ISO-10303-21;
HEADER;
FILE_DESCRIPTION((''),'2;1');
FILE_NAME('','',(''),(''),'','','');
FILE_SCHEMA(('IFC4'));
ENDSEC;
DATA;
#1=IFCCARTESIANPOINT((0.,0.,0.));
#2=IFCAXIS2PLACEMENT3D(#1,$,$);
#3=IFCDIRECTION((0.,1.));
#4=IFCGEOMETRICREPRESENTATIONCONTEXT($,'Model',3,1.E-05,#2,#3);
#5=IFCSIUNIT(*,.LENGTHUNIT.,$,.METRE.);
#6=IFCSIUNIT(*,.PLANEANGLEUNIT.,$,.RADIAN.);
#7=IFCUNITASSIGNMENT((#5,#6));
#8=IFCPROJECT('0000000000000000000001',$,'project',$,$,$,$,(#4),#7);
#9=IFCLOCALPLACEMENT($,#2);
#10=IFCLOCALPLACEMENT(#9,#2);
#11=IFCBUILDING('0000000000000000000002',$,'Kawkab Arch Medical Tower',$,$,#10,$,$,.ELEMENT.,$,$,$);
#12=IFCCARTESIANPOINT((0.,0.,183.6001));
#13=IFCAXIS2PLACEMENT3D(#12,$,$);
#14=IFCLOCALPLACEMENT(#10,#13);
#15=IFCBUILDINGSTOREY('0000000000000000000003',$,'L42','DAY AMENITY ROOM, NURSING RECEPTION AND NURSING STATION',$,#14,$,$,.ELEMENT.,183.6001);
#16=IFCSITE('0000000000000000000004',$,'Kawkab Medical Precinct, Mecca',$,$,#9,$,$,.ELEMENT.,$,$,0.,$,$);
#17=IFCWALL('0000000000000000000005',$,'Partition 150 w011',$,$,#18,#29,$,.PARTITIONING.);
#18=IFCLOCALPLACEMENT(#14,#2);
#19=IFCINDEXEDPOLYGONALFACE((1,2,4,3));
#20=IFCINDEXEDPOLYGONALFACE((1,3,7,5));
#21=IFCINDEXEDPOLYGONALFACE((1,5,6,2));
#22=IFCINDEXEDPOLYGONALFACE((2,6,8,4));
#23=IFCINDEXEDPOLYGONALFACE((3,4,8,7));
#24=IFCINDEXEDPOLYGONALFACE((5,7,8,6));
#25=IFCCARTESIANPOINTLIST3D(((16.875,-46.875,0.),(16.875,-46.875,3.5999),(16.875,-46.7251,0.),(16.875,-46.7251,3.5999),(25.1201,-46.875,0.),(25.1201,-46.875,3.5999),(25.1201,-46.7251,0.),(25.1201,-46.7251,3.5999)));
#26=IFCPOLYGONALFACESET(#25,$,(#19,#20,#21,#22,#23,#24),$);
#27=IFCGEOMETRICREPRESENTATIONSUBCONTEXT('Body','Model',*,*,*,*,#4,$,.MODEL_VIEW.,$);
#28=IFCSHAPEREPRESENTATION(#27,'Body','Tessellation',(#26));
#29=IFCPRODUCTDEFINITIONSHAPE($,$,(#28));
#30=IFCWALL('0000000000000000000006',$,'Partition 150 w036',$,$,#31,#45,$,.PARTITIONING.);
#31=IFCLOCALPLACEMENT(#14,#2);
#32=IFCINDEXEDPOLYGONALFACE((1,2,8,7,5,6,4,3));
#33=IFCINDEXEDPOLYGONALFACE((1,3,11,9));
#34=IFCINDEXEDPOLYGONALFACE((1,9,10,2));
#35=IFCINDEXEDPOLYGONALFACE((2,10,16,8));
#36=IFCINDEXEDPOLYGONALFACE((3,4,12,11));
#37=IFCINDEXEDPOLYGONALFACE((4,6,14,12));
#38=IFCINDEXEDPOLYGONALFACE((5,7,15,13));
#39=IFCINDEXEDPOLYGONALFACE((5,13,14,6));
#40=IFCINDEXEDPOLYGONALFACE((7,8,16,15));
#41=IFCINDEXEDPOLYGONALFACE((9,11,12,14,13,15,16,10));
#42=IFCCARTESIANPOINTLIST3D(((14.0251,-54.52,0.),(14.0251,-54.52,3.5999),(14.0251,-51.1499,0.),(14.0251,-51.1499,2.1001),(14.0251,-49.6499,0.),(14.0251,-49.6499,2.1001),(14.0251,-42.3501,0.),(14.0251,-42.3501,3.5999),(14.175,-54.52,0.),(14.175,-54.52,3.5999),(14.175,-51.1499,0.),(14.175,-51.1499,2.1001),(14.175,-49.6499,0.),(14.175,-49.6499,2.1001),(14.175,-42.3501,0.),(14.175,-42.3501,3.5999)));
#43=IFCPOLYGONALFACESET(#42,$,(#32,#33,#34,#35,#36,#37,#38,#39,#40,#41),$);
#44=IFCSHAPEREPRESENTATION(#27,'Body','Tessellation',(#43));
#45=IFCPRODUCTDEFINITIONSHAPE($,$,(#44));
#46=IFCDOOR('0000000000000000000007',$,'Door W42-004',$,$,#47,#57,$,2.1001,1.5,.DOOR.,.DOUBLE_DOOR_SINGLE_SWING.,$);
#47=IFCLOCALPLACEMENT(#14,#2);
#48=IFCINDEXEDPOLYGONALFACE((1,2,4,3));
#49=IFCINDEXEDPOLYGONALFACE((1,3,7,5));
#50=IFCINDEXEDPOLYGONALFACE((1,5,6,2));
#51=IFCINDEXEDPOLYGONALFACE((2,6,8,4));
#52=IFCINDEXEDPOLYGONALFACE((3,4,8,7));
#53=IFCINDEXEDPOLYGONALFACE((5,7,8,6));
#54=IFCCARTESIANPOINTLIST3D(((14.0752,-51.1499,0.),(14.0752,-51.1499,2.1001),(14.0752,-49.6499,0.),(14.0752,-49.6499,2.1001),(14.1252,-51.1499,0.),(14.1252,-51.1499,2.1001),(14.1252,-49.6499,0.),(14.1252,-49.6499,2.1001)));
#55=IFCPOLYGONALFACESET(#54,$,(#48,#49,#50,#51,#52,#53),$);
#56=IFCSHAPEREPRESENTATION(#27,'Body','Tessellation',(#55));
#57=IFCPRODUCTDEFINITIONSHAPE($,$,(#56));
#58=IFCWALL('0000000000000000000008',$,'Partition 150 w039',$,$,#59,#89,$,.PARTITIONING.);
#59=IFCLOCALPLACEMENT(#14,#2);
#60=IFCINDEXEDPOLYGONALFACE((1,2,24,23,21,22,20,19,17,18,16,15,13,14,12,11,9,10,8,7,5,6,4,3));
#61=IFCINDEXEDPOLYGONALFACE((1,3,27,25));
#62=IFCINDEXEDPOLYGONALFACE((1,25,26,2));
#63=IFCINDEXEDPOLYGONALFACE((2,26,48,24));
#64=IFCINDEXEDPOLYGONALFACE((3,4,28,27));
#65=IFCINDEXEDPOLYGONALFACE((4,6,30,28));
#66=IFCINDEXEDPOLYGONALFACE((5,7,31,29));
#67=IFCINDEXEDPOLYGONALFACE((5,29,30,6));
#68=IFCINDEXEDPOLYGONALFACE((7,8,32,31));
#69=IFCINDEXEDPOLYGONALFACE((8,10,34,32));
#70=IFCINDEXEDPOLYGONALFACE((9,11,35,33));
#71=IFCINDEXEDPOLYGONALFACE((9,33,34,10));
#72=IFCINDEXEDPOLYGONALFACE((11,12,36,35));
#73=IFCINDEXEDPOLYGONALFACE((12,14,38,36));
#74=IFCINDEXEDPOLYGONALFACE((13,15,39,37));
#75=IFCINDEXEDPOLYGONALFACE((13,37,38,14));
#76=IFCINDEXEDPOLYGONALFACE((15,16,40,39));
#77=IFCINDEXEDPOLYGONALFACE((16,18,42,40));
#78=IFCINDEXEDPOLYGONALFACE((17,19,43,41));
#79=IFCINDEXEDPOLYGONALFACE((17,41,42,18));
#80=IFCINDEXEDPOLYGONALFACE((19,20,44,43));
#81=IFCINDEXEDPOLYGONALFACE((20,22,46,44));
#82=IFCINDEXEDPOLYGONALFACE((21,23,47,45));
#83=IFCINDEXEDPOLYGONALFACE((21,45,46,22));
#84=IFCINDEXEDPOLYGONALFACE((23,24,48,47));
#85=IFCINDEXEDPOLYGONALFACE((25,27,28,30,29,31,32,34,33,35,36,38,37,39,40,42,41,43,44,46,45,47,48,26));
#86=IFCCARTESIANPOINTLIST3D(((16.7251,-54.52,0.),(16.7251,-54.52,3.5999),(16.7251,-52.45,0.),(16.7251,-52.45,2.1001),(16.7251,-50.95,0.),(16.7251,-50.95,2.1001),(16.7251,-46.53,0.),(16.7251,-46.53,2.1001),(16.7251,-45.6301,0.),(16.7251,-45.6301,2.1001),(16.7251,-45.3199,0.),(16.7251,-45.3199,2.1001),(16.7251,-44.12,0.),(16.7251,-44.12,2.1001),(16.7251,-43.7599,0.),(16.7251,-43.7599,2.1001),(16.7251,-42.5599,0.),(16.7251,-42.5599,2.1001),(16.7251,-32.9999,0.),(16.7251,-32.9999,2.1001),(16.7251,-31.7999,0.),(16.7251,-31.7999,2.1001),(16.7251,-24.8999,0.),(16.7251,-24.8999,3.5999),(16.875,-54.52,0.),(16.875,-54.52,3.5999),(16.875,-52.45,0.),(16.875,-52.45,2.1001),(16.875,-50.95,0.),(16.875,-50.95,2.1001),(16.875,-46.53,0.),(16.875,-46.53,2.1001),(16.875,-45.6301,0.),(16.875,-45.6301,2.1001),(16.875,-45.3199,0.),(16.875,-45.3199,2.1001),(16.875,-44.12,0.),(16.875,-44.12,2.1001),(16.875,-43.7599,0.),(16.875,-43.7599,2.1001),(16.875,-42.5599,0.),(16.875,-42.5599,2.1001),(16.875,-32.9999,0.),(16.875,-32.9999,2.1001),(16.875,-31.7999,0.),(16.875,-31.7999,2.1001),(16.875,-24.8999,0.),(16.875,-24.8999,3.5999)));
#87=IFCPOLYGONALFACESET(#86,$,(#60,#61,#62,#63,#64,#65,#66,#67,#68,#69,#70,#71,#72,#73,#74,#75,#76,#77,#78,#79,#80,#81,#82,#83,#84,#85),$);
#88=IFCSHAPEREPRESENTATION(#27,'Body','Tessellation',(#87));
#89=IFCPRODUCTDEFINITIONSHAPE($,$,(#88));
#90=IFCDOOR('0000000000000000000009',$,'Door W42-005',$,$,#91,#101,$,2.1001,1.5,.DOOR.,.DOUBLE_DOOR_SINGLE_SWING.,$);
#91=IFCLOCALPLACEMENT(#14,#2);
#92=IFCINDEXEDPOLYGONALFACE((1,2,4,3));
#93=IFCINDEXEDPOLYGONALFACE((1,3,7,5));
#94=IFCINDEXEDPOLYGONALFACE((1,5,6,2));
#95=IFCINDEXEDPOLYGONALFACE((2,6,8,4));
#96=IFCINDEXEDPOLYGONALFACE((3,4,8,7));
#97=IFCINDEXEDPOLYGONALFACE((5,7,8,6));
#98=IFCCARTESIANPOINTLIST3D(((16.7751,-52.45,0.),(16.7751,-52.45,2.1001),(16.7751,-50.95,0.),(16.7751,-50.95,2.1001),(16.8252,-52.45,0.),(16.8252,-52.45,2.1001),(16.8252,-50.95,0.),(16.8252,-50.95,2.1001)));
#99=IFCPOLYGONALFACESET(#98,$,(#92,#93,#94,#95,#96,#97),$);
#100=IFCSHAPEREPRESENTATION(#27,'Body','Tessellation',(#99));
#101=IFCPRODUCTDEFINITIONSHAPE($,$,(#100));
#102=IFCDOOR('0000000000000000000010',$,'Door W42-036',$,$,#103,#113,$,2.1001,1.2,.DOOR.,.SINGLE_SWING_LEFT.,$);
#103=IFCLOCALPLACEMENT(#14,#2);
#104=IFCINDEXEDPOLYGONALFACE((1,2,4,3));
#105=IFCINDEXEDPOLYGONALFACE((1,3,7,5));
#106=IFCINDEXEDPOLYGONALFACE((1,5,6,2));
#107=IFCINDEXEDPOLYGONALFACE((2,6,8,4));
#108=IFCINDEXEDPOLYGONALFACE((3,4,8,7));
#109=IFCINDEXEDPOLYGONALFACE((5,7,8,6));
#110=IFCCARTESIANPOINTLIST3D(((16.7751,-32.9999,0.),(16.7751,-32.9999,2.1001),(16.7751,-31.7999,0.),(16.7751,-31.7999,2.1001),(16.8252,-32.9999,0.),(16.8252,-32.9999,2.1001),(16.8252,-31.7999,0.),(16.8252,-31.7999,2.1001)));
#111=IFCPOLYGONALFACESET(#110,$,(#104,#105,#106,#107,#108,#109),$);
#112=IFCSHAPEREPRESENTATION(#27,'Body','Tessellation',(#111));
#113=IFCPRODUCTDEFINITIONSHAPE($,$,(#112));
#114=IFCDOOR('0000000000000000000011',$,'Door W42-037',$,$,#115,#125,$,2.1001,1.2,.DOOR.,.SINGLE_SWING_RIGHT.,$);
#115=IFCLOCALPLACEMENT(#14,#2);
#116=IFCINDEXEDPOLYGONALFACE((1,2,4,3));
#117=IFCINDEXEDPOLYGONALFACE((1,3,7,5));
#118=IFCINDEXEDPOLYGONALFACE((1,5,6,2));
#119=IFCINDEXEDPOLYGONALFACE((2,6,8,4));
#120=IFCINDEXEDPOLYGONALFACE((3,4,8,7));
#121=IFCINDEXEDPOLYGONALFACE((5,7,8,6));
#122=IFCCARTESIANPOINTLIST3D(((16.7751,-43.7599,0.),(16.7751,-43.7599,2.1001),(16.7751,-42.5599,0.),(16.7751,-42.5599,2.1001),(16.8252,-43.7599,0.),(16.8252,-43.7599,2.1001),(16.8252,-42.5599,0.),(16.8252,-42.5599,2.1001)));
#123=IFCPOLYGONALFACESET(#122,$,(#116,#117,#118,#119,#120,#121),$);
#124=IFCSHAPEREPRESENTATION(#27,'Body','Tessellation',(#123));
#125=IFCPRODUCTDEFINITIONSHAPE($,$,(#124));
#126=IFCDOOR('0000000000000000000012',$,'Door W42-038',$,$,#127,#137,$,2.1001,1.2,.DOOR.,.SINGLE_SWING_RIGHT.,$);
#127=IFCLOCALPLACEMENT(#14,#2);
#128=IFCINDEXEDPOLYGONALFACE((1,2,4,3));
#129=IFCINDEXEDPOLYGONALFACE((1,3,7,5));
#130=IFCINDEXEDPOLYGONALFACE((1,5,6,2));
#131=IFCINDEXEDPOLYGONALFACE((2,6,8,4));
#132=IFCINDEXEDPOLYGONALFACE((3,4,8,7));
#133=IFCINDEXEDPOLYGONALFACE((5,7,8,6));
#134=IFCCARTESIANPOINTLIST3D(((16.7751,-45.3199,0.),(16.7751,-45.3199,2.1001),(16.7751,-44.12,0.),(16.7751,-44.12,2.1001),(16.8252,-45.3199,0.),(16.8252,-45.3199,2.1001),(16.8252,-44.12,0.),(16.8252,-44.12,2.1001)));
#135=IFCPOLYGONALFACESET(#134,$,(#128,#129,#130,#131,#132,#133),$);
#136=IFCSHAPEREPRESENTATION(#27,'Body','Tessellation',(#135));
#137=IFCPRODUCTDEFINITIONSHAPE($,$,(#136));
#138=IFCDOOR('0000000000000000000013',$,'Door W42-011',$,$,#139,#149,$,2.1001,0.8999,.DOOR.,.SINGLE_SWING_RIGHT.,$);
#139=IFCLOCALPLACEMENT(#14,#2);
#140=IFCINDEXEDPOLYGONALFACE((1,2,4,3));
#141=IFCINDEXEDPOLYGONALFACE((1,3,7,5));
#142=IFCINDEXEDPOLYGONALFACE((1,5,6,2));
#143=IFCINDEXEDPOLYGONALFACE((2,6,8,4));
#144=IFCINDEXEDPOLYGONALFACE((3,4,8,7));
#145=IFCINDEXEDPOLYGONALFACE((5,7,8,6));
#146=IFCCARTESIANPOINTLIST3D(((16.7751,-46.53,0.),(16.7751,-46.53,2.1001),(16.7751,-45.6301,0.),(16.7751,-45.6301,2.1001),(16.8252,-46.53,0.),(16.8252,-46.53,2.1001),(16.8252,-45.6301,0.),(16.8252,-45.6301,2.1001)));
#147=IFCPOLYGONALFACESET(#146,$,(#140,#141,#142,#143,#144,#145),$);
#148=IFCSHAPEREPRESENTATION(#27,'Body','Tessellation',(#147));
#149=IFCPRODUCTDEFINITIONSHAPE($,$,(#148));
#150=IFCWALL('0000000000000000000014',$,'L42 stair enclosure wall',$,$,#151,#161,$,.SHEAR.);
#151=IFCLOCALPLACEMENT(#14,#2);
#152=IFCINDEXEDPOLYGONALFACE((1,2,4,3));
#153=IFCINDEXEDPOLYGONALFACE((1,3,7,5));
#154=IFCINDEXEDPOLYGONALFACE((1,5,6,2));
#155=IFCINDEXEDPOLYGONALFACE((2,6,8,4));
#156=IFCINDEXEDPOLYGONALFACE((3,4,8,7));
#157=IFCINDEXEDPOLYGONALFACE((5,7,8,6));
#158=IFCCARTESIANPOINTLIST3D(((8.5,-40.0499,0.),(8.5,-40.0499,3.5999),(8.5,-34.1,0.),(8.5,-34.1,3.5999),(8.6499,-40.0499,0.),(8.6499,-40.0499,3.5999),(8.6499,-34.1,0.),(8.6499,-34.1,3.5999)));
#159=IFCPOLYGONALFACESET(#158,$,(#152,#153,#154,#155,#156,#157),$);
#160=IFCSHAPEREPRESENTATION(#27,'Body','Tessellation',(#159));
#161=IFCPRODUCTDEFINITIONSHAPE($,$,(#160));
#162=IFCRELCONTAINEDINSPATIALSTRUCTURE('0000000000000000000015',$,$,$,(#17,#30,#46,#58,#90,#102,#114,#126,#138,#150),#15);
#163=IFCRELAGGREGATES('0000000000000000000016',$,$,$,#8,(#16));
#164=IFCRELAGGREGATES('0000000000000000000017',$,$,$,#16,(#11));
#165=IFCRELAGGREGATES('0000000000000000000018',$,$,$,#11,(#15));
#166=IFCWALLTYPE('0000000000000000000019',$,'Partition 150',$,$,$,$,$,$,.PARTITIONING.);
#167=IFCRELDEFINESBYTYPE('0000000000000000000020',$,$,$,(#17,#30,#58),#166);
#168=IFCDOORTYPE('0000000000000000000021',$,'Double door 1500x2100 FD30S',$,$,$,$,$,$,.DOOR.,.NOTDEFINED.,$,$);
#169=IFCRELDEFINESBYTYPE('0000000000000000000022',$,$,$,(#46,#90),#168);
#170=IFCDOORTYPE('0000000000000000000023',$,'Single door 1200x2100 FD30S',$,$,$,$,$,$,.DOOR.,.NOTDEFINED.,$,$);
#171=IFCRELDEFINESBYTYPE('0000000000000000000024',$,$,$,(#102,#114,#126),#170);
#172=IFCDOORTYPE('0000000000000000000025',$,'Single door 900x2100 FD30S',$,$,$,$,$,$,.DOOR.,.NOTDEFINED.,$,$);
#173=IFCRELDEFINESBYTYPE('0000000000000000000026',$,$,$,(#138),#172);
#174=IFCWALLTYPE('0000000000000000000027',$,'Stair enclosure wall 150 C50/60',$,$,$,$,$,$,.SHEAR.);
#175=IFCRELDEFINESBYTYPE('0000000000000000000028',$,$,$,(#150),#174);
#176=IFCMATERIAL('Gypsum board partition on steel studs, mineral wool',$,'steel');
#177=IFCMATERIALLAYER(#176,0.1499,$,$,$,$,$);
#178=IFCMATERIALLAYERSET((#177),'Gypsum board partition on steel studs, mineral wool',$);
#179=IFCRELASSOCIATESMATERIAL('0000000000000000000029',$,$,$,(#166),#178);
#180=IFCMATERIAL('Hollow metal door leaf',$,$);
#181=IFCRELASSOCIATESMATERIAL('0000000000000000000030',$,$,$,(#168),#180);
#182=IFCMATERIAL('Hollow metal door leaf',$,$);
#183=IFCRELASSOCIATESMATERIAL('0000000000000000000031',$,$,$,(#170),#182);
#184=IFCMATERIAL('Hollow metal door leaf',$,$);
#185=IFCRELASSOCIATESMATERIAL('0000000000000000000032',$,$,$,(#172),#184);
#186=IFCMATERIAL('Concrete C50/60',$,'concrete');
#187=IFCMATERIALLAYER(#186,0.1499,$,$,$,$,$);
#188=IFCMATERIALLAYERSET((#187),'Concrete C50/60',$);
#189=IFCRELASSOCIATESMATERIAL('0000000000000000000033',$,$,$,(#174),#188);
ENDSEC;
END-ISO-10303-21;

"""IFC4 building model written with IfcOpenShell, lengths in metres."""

from ifc_helpers import new_model, si_unit, direction, frame, frame_2d, origin, place, context, subcontext, project, spatial, rectangle, extrude, material, layer, layer_set, type_object, element, fill, save


model = new_model("IFC4")

# Units and contexts
model_context = context("Model", 3, precision=1e-05, world=origin(), true_north=direction((0.0, 1.0)))
body_context = subcontext(model_context, "Body", "Model", "MODEL_VIEW")
ifc_project = project(units=[si_unit("LENGTHUNIT", "METRE"), si_unit("PLANEANGLEUNIT", "RADIAN")], contexts=[model_context])

# Site, building, storey
site_placement = place(None, origin())
site = spatial("IfcSite", under=ifc_project, at=site_placement, Name="Kawkab Medical Precinct, Mecca", CompositionType="ELEMENT", RefElevation=0.0)
building_placement = place(site_placement, origin())
building = spatial("IfcBuilding", under=site, at=building_placement, Name="Kawkab Arch Medical Tower", CompositionType="ELEMENT")
storey_placement = place(building_placement, frame((0.0, 0.0, 183.6001)))
storey = spatial("IfcBuildingStorey", under=building, at=storey_placement, Name="L42", Description="DAY AMENITY ROOM, NURSING RECEPTION AND NURSING STATION", CompositionType="ELEMENT", Elevation=183.6001)

# Wall
ifc_material_1 = material(Name="Gypsum board partition on steel studs, mineral wool", Category="steel")
ifc_layer_1 = layer(ifc_material_1, 0.1499)
ifc_layer_set_1 = layer_set([ifc_layer_1], Name="Gypsum board partition on steel studs, mineral wool")
wall_type_1 = type_object("IfcWallType", Name="Partition 150", PredefinedType="PARTITIONING", material=ifc_layer_set_1)
wall_1_placement = place(storey_placement, frame((16.875, -46.8, 0.0), z_axis=(0.0, 0.0, 1.0), x_axis=(1.0, 0.0, 0.0)))
element("IfcWall", 1, at=wall_1_placement, inside=storey, type_object=wall_type_1, Name="Partition 150 w011", PredefinedType="PARTITIONING", context=body_context, shape_type="SweptSolid", body=[
    extrude(rectangle(XDim=8.2451, YDim=0.1499, at=frame_2d((4.1226, 0.0))), origin(), (0.0, 0.0, 1.0), 3.5999),
])

# Wall, opening, door
wall_2_placement = place(storey_placement, frame((14.1001, -54.52, 0.0), z_axis=(0.0, 0.0, 1.0), x_axis=(0.0, 1.0, 0.0)))
wall_2 = element("IfcWall", 2, at=wall_2_placement, inside=storey, type_object=wall_type_1, Name="Partition 150 w036", PredefinedType="PARTITIONING", context=body_context, shape_type="SweptSolid", body=[
    extrude(rectangle(XDim=12.1699, YDim=0.1499, at=frame_2d((6.085, 0.0))), origin(), (0.0, 0.0, 1.0), 3.5999),
])
opening_1_placement = place(wall_2_placement, frame((3.3701, 0.0, 0.0)))
opening_1 = element("IfcOpeningElement", 3, at=opening_1_placement, cuts=wall_2, PredefinedType="OPENING", context=body_context, shape_type="SweptSolid", body=[
    extrude(rectangle(XDim=1.5, YDim=2.1001, at=frame_2d((0.75, 1.05))), frame((0.0, 0.085, 0.0), z_axis=(0.0, -1.0, 0.0), x_axis=(1.0, 0.0, 0.0)), (0.0, 0.0, 1.0), 0.1699),
])
ifc_material_2 = material(Name="Hollow metal door leaf")
door_type_1 = type_object("IfcDoorType", Name="Double door 1500x2100 FD30S", OperationType="NOTDEFINED", PredefinedType="DOOR", material=ifc_material_2)
door_1_placement = place(opening_1_placement, origin())
door_1 = element("IfcDoor", 4, at=door_1_placement, inside=storey, type_object=door_type_1, Name="Door W42-004", OperationType="DOUBLE_DOOR_SINGLE_SWING", OverallHeight=2.1001, OverallWidth=1.5, PredefinedType="DOOR", context=body_context, shape_type="SweptSolid", body=[
    extrude(rectangle(XDim=1.5, YDim=2.1001, at=frame_2d((0.75, 1.05))), frame((0.0, 0.0249, 0.0), z_axis=(0.0, -1.0, 0.0), x_axis=(1.0, 0.0, 0.0)), (0.0, 0.0, 1.0), 0.05),
])
fill(opening_1, door_1)

# Wall, openings, doors
wall_3_placement = place(storey_placement, frame((16.8, -54.52, 0.0), z_axis=(0.0, 0.0, 1.0), x_axis=(0.0, 1.0, 0.0)))
wall_3 = element("IfcWall", 5, at=wall_3_placement, inside=storey, type_object=wall_type_1, Name="Partition 150 w039", PredefinedType="PARTITIONING", context=body_context, shape_type="SweptSolid", body=[
    extrude(rectangle(XDim=29.6201, YDim=0.1499, at=frame_2d((14.8101, 0.0))), origin(), (0.0, 0.0, 1.0), 3.5999),
])
opening_2_placement = place(wall_3_placement, frame((21.52, 0.0, 0.0)))
opening_2 = element("IfcOpeningElement", 6, at=opening_2_placement, cuts=wall_3, PredefinedType="OPENING", context=body_context, shape_type="SweptSolid", body=[
    extrude(rectangle(XDim=1.2, YDim=2.1001, at=frame_2d((0.6001, 1.05))), frame((0.0, 0.085, 0.0), z_axis=(0.0, -1.0, 0.0), x_axis=(1.0, 0.0, 0.0)), (0.0, 0.0, 1.0), 0.1699),
])
opening_3_placement = place(wall_3_placement, frame((10.76, 0.0, 0.0)))
opening_3 = element("IfcOpeningElement", 7, at=opening_3_placement, cuts=wall_3, PredefinedType="OPENING", context=body_context, shape_type="SweptSolid", body=[
    extrude(rectangle(XDim=1.2, YDim=2.1001, at=frame_2d((0.6001, 1.05))), frame((0.0, 0.085, 0.0), z_axis=(0.0, -1.0, 0.0), x_axis=(1.0, 0.0, 0.0)), (0.0, 0.0, 1.0), 0.1699),
])
opening_4_placement = place(wall_3_placement, frame((9.2, 0.0, 0.0)))
opening_4 = element("IfcOpeningElement", 8, at=opening_4_placement, cuts=wall_3, PredefinedType="OPENING", context=body_context, shape_type="SweptSolid", body=[
    extrude(rectangle(XDim=1.2, YDim=2.1001, at=frame_2d((0.6001, 1.05))), frame((0.0, 0.085, 0.0), z_axis=(0.0, -1.0, 0.0), x_axis=(1.0, 0.0, 0.0)), (0.0, 0.0, 1.0), 0.1699),
])
opening_5_placement = place(wall_3_placement, frame((7.99, 0.0, 0.0)))
opening_5 = element("IfcOpeningElement", 9, at=opening_5_placement, cuts=wall_3, PredefinedType="OPENING", context=body_context, shape_type="SweptSolid", body=[
    extrude(rectangle(XDim=0.8999, YDim=2.1001, at=frame_2d((0.45, 1.05))), frame((0.0, 0.085, 0.0), z_axis=(0.0, -1.0, 0.0), x_axis=(1.0, 0.0, 0.0)), (0.0, 0.0, 1.0), 0.1699),
])
opening_6_placement = place(wall_3_placement, frame((2.0701, 0.0, 0.0)))
opening_6 = element("IfcOpeningElement", 10, at=opening_6_placement, cuts=wall_3, PredefinedType="OPENING", context=body_context, shape_type="SweptSolid", body=[
    extrude(rectangle(XDim=1.5, YDim=2.1001, at=frame_2d((0.75, 1.05))), frame((0.0, 0.085, 0.0), z_axis=(0.0, -1.0, 0.0), x_axis=(1.0, 0.0, 0.0)), (0.0, 0.0, 1.0), 0.1699),
])
door_2_placement = place(opening_6_placement, origin())
door_2 = element("IfcDoor", 11, at=door_2_placement, inside=storey, type_object=door_type_1, Name="Door W42-005", OperationType="DOUBLE_DOOR_SINGLE_SWING", OverallHeight=2.1001, OverallWidth=1.5, PredefinedType="DOOR", context=body_context, shape_type="SweptSolid", body=[
    extrude(rectangle(XDim=1.5, YDim=2.1001, at=frame_2d((0.75, 1.05))), frame((0.0, 0.0249, 0.0), z_axis=(0.0, -1.0, 0.0), x_axis=(1.0, 0.0, 0.0)), (0.0, 0.0, 1.0), 0.05),
])
fill(opening_6, door_2)
ifc_material_3 = material(Name="Hollow metal door leaf")
door_type_2 = type_object("IfcDoorType", Name="Single door 1200x2100 FD30S", OperationType="NOTDEFINED", PredefinedType="DOOR", material=ifc_material_3)
door_3_placement = place(opening_2_placement, origin())
door_3 = element("IfcDoor", 12, at=door_3_placement, inside=storey, type_object=door_type_2, Name="Door W42-036", OperationType="SINGLE_SWING_LEFT", OverallHeight=2.1001, OverallWidth=1.2, PredefinedType="DOOR", context=body_context, shape_type="SweptSolid", body=[
    extrude(rectangle(XDim=1.2, YDim=2.1001, at=frame_2d((0.6001, 1.05))), frame((0.0, 0.0249, 0.0), z_axis=(0.0, -1.0, 0.0), x_axis=(1.0, 0.0, 0.0)), (0.0, 0.0, 1.0), 0.05),
])
fill(opening_2, door_3)
door_4_placement = place(opening_3_placement, origin())
door_4 = element("IfcDoor", 13, at=door_4_placement, inside=storey, type_object=door_type_2, Name="Door W42-037", OperationType="SINGLE_SWING_RIGHT", OverallHeight=2.1001, OverallWidth=1.2, PredefinedType="DOOR", context=body_context, shape_type="SweptSolid", body=[
    extrude(rectangle(XDim=1.2, YDim=2.1001, at=frame_2d((0.6001, 1.05))), frame((0.0, 0.0249, 0.0), z_axis=(0.0, -1.0, 0.0), x_axis=(1.0, 0.0, 0.0)), (0.0, 0.0, 1.0), 0.05),
])
fill(opening_3, door_4)
door_5_placement = place(opening_4_placement, origin())
door_5 = element("IfcDoor", 14, at=door_5_placement, inside=storey, type_object=door_type_2, Name="Door W42-038", OperationType="SINGLE_SWING_RIGHT", OverallHeight=2.1001, OverallWidth=1.2, PredefinedType="DOOR", context=body_context, shape_type="SweptSolid", body=[
    extrude(rectangle(XDim=1.2, YDim=2.1001, at=frame_2d((0.6001, 1.05))), frame((0.0, 0.0249, 0.0), z_axis=(0.0, -1.0, 0.0), x_axis=(1.0, 0.0, 0.0)), (0.0, 0.0, 1.0), 0.05),
])
fill(opening_4, door_5)
ifc_material_4 = material(Name="Hollow metal door leaf")
door_type_3 = type_object("IfcDoorType", Name="Single door 900x2100 FD30S", OperationType="NOTDEFINED", PredefinedType="DOOR", material=ifc_material_4)
door_6_placement = place(opening_5_placement, origin())
door_6 = element("IfcDoor", 15, at=door_6_placement, inside=storey, type_object=door_type_3, Name="Door W42-011", OperationType="SINGLE_SWING_RIGHT", OverallHeight=2.1001, OverallWidth=0.8999, PredefinedType="DOOR", context=body_context, shape_type="SweptSolid", body=[
    extrude(rectangle(XDim=0.8999, YDim=2.1001, at=frame_2d((0.45, 1.05))), frame((0.0, 0.0249, 0.0), z_axis=(0.0, -1.0, 0.0), x_axis=(1.0, 0.0, 0.0)), (0.0, 0.0, 1.0), 0.05),
])
fill(opening_5, door_6)

# Wall
ifc_material_5 = material(Name="Concrete C50/60", Category="concrete")
ifc_layer_2 = layer(ifc_material_5, 0.1499)
ifc_layer_set_2 = layer_set([ifc_layer_2], Name="Concrete C50/60")
wall_type_2 = type_object("IfcWallType", Name="Stair enclosure wall 150 C50/60", PredefinedType="SHEAR", material=ifc_layer_set_2)
wall_4_placement = place(storey_placement, frame((8.575, -40.05, 0.0), z_axis=(0.0, 0.0, 1.0), x_axis=(0.0, 1.0, 0.0)))
element("IfcWall", 16, at=wall_4_placement, inside=storey, type_object=wall_type_2, Name="L42 stair enclosure wall", PredefinedType="SHEAR", context=body_context, shape_type="SweptSolid", body=[
    extrude(rectangle(XDim=5.95, YDim=0.1499, at=frame_2d((2.9751, 0.0))), origin(), (0.0, 0.0, 1.0), 3.5999),
])

save(model, "model.ifc")
